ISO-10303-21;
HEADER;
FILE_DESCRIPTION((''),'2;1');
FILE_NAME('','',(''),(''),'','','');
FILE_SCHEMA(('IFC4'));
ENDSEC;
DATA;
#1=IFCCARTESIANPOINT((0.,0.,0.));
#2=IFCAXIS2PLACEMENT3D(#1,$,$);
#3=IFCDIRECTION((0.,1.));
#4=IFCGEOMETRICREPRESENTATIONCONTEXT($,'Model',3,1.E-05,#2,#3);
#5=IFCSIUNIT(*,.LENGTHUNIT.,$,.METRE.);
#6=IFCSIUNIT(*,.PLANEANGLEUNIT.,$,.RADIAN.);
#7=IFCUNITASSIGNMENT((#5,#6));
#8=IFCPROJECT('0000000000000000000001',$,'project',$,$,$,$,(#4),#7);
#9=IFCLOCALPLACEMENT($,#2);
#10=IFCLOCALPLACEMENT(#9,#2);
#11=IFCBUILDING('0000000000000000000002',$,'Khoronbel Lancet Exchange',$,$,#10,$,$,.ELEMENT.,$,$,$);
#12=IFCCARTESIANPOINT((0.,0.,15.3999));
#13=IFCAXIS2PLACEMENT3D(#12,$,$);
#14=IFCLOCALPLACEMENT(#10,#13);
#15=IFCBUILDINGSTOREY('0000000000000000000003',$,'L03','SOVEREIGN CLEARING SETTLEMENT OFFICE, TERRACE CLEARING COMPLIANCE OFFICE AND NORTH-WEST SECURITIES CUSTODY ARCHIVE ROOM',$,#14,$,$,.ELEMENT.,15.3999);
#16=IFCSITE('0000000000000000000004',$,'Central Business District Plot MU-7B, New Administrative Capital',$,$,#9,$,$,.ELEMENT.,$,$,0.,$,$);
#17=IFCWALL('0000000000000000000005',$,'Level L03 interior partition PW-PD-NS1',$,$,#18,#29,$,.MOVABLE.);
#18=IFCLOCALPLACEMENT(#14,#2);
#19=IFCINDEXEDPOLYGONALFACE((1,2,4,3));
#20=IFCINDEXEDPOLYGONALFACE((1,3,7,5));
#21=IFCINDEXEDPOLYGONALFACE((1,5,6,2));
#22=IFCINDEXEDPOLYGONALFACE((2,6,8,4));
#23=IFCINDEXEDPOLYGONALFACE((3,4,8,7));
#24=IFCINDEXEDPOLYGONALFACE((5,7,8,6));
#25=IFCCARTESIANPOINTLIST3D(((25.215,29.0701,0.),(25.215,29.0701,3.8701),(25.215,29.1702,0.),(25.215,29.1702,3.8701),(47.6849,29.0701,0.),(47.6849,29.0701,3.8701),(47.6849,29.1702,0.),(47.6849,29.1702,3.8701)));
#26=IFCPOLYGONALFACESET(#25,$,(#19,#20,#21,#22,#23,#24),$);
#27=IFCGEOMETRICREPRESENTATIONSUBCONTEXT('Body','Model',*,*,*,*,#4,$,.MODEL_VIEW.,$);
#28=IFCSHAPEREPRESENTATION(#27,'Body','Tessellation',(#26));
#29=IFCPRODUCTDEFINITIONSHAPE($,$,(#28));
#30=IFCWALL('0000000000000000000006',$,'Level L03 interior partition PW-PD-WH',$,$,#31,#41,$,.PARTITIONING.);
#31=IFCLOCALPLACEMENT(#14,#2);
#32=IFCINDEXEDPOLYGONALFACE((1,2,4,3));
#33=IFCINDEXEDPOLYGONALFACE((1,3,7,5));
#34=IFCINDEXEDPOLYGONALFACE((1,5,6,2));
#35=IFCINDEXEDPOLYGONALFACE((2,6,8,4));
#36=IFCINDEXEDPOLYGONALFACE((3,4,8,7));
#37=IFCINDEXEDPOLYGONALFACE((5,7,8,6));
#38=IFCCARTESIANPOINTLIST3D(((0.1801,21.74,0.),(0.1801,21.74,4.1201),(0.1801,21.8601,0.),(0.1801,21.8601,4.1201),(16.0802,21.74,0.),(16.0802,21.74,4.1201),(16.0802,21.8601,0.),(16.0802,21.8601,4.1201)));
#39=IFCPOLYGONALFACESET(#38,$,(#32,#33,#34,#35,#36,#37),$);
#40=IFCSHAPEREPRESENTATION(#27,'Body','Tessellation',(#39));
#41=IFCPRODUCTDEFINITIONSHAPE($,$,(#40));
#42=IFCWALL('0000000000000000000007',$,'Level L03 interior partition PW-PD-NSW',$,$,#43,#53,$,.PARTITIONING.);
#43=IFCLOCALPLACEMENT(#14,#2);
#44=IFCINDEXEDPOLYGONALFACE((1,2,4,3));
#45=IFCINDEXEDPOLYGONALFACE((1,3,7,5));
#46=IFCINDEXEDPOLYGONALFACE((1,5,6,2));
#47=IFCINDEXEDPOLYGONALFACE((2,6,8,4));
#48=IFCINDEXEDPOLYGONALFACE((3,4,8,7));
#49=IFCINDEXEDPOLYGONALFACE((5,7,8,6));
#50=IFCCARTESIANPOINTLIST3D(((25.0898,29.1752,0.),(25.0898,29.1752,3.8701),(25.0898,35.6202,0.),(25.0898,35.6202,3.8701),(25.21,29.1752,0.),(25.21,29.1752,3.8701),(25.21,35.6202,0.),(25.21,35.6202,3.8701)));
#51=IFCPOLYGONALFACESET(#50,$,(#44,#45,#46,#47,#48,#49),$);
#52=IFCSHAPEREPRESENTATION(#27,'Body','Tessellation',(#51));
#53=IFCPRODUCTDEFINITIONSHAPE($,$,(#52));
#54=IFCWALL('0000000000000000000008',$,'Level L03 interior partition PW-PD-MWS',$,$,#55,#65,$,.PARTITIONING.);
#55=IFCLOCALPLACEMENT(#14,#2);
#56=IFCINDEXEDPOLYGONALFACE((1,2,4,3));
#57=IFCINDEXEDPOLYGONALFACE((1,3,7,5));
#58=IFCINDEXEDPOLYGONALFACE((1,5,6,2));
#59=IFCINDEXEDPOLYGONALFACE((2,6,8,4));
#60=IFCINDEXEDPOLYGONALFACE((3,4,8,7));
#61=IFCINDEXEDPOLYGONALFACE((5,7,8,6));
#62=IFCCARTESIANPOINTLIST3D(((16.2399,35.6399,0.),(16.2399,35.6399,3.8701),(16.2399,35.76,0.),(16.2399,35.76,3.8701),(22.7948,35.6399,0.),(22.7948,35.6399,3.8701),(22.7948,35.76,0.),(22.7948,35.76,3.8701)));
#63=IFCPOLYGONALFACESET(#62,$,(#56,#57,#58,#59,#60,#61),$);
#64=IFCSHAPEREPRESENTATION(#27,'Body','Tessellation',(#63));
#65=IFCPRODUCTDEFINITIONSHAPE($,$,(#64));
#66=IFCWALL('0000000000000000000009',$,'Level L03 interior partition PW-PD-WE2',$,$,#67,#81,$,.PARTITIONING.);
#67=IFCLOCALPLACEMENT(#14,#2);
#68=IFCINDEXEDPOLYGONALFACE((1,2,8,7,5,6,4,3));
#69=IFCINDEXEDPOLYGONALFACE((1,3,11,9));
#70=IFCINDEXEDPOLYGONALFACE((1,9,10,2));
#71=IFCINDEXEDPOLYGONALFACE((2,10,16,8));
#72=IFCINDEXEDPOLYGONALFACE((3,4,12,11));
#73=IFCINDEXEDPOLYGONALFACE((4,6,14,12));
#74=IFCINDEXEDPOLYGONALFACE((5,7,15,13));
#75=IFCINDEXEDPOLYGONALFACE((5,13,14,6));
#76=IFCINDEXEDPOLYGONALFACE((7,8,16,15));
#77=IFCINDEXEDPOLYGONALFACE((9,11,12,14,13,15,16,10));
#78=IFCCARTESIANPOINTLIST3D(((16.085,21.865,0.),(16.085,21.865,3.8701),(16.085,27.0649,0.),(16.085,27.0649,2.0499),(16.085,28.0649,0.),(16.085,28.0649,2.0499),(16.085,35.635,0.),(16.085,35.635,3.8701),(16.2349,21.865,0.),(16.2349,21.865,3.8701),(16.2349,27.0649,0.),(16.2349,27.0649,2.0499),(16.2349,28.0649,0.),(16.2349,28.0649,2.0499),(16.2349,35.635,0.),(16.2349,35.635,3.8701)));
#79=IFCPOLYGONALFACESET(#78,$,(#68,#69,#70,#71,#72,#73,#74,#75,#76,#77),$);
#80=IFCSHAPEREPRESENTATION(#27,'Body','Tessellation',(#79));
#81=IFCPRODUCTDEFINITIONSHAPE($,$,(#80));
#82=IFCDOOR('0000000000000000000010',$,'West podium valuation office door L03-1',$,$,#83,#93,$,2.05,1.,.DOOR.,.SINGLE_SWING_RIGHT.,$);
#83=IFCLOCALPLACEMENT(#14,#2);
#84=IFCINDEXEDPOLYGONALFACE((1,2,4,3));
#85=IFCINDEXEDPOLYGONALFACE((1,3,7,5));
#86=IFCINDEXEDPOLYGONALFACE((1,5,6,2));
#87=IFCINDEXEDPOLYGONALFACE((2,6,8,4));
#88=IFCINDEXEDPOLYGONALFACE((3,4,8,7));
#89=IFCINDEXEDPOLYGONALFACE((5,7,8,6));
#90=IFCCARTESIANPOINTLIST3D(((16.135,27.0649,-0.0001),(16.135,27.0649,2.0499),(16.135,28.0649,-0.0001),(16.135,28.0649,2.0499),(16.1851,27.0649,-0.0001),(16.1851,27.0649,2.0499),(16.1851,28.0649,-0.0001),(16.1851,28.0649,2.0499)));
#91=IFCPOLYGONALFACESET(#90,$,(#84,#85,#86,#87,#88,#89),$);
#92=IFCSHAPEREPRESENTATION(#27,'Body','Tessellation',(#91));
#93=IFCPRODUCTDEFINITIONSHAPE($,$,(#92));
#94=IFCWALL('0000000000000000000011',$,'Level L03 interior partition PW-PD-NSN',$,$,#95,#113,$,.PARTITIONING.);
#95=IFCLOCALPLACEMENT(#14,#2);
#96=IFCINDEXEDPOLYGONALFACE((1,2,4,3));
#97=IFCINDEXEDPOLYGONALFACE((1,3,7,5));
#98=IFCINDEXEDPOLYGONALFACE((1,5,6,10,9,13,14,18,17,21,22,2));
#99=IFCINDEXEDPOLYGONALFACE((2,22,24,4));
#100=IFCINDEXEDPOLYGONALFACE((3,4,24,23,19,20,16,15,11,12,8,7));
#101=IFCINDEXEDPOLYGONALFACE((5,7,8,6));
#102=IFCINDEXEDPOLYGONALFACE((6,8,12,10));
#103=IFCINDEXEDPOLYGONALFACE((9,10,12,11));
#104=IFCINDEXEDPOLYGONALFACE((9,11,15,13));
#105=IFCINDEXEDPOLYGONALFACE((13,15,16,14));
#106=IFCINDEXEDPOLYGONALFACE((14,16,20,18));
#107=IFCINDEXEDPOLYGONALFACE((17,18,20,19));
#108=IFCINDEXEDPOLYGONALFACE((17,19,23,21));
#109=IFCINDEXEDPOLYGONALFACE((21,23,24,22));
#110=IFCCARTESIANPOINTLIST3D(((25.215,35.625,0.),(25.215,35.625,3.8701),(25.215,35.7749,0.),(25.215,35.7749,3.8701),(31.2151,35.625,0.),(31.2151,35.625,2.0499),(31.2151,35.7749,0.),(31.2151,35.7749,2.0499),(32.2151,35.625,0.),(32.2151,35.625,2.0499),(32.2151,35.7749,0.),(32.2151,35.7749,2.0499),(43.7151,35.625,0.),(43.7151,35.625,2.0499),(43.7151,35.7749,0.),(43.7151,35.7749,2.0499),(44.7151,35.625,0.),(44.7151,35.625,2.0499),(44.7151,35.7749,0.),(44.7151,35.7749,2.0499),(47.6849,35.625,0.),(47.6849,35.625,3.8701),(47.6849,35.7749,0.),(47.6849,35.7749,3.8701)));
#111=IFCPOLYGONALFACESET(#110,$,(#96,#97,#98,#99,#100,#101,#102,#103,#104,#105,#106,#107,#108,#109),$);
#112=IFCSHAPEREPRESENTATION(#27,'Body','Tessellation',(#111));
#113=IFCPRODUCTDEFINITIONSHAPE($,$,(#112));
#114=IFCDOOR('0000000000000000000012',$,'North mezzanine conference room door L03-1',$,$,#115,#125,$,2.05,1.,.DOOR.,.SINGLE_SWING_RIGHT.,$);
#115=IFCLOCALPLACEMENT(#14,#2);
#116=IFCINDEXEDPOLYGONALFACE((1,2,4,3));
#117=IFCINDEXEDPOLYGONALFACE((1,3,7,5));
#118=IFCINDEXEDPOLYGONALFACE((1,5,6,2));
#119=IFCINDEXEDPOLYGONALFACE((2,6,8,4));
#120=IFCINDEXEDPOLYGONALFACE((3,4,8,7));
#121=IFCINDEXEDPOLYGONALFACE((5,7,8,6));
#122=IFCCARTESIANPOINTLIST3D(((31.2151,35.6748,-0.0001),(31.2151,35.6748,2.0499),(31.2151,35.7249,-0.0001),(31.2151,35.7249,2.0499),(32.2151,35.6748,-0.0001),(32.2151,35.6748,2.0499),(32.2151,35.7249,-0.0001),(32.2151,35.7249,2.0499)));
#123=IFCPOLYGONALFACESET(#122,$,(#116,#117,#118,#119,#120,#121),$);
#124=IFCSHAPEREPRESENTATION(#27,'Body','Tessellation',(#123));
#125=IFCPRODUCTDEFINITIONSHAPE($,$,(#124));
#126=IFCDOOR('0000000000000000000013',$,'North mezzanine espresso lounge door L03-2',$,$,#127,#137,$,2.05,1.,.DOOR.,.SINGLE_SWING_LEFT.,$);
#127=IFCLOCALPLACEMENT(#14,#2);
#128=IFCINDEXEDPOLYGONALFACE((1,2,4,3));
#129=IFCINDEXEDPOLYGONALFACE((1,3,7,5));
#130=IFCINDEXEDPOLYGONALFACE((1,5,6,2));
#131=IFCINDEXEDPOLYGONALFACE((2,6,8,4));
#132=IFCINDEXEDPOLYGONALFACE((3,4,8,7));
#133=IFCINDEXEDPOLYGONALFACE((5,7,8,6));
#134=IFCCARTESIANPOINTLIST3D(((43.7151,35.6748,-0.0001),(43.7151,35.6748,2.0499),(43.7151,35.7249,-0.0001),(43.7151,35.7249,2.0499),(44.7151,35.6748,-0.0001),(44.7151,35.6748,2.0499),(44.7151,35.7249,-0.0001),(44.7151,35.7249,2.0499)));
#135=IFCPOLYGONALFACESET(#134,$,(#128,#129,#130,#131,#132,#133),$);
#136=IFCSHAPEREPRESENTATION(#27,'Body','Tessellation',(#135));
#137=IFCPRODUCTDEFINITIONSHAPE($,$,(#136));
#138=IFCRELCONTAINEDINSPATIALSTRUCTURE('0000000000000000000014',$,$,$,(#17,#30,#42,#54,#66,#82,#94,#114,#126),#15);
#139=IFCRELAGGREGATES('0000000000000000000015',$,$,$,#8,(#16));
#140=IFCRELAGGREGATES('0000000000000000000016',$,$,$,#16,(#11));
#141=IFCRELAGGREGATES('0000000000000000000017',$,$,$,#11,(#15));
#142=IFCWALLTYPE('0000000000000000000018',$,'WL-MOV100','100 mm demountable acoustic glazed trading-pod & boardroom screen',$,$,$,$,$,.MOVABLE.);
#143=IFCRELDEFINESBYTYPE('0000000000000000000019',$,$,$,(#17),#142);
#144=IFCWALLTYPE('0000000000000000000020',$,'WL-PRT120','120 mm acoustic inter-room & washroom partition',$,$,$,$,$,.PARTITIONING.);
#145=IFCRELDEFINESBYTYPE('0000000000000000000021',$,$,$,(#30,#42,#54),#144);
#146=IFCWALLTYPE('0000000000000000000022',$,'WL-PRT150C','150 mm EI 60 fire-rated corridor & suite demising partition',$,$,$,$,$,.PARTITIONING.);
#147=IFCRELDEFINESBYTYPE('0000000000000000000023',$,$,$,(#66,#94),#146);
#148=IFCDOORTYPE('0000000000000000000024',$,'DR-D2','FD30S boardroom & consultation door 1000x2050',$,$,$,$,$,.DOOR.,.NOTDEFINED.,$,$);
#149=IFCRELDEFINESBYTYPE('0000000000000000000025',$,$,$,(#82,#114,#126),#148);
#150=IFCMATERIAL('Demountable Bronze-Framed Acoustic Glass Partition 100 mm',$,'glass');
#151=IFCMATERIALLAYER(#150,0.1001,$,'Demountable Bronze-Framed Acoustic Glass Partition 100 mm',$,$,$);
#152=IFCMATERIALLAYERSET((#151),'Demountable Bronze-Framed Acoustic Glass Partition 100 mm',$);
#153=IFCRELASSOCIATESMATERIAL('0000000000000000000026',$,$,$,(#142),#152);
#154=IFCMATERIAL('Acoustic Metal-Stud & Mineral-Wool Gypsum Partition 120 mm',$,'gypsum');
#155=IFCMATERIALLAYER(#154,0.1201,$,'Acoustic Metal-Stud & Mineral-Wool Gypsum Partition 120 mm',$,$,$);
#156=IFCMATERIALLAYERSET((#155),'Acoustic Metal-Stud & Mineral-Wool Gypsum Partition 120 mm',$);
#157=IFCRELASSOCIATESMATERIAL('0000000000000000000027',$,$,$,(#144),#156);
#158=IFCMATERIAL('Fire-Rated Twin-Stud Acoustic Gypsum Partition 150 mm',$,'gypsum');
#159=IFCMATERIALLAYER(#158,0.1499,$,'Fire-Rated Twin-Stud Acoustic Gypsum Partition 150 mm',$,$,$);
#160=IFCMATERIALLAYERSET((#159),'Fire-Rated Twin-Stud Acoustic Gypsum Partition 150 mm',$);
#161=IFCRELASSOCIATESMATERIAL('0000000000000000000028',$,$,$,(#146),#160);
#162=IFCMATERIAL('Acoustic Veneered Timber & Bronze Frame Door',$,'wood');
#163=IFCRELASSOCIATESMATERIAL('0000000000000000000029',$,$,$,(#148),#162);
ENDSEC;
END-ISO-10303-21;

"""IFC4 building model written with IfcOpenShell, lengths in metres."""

from ifc_helpers import new_model, si_unit, direction, frame, frame_2d, origin, place, context, subcontext, project, spatial, rectangle, extrude, material, layer, layer_set, type_object, element, fill, save


model = new_model("IFC4")

# Units and contexts
model_context = context("Model", 3, precision=1e-05, world=origin(), true_north=direction((0.0, 1.0)))
body_context = subcontext(model_context, "Body", "Model", "MODEL_VIEW")
ifc_project = project(units=[si_unit("LENGTHUNIT", "METRE"), si_unit("PLANEANGLEUNIT", "RADIAN")], contexts=[model_context])

# Site, building, storey
site_placement = place(None, origin())
site = spatial("IfcSite", under=ifc_project, at=site_placement, Name="Central Business District Plot MU-7B, New Administrative Capital", CompositionType="ELEMENT", RefElevation=0.0)
building_placement = place(site_placement, origin())
building = spatial("IfcBuilding", under=site, at=building_placement, Name="Khoronbel Lancet Exchange", CompositionType="ELEMENT")
storey_placement = place(building_placement, frame((0.0, 0.0, 15.3999)))
storey = spatial("IfcBuildingStorey", under=building, at=storey_placement, Name="L03", Description="SOVEREIGN CLEARING SETTLEMENT OFFICE, TERRACE CLEARING COMPLIANCE OFFICE AND NORTH-WEST SECURITIES CUSTODY ARCHIVE ROOM", CompositionType="ELEMENT", Elevation=15.3999)

# Walls
ifc_material_1 = material(Name="Demountable Bronze-Framed Acoustic Glass Partition 100 mm", Category="glass")
ifc_layer_1 = layer(ifc_material_1, 0.1001, Name="Demountable Bronze-Framed Acoustic Glass Partition 100 mm")
ifc_layer_set_1 = layer_set([ifc_layer_1], Name="Demountable Bronze-Framed Acoustic Glass Partition 100 mm")
wall_type_1 = type_object("IfcWallType", Name="WL-MOV100", Description="100 mm demountable acoustic glazed trading-pod & boardroom screen", PredefinedType="MOVABLE", material=ifc_layer_set_1)
wall_1_placement = place(storey_placement, frame((25.2151, 29.1201, 0.0), z_axis=(0.0, 0.0, 1.0), x_axis=(1.0, 0.0, 0.0)))
element("IfcWall", 1, at=wall_1_placement, inside=storey, type_object=wall_type_1, Name="Level L03 interior partition PW-PD-NS1", PredefinedType="MOVABLE", context=body_context, shape_type="SweptSolid", body=[
    extrude(rectangle(XDim=22.47, YDim=0.1001, at=frame_2d((11.2349, 0.0))), origin(), (0.0, 0.0, 1.0), 3.8701),
])
ifc_material_2 = material(Name="Acoustic Metal-Stud & Mineral-Wool Gypsum Partition 120 mm", Category="gypsum")
ifc_layer_2 = layer(ifc_material_2, 0.1201, Name="Acoustic Metal-Stud & Mineral-Wool Gypsum Partition 120 mm")
ifc_layer_set_2 = layer_set([ifc_layer_2], Name="Acoustic Metal-Stud & Mineral-Wool Gypsum Partition 120 mm")
wall_type_2 = type_object("IfcWallType", Name="WL-PRT120", Description="120 mm acoustic inter-room & washroom partition", PredefinedType="PARTITIONING", material=ifc_layer_set_2)
wall_2_placement = place(storey_placement, frame((0.1799, 21.8, 0.0), z_axis=(0.0, 0.0, 1.0), x_axis=(1.0, 0.0, 0.0)))
element("IfcWall", 2, at=wall_2_placement, inside=storey, type_object=wall_type_2, Name="Level L03 interior partition PW-PD-WH", PredefinedType="PARTITIONING", context=body_context, shape_type="SweptSolid", body=[
    extrude(rectangle(XDim=15.9001, YDim=0.1201, at=frame_2d((7.9502, 0.0))), origin(), (0.0, 0.0, 1.0), 4.1201),
])
wall_3_placement = place(storey_placement, frame((25.1499, 29.175, 0.0), z_axis=(0.0, 0.0, 1.0), x_axis=(0.0, 1.0, 0.0)))
element("IfcWall", 3, at=wall_3_placement, inside=storey, type_object=wall_type_2, Name="Level L03 interior partition PW-PD-NSW", PredefinedType="PARTITIONING", context=body_context, shape_type="SweptSolid", body=[
    extrude(rectangle(XDim=6.4451, YDim=0.1201, at=frame_2d((3.2227, 0.0))), origin(), (0.0, 0.0, 1.0), 3.8701),
])
wall_4_placement = place(storey_placement, frame((16.24, 35.7, 0.0), z_axis=(0.0, 0.0, 1.0), x_axis=(1.0, 0.0, 0.0)))
element("IfcWall", 4, at=wall_4_placement, inside=storey, type_object=wall_type_2, Name="Level L03 interior partition PW-PD-MWS", PredefinedType="PARTITIONING", context=body_context, shape_type="SweptSolid", body=[
    extrude(rectangle(XDim=6.5549, YDim=0.1201, at=frame_2d((3.2773, 0.0))), origin(), (0.0, 0.0, 1.0), 3.8701),
])

# Wall, opening, door
ifc_material_3 = material(Name="Fire-Rated Twin-Stud Acoustic Gypsum Partition 150 mm", Category="gypsum")
ifc_layer_3 = layer(ifc_material_3, 0.1499, Name="Fire-Rated Twin-Stud Acoustic Gypsum Partition 150 mm")
ifc_layer_set_3 = layer_set([ifc_layer_3], Name="Fire-Rated Twin-Stud Acoustic Gypsum Partition 150 mm")
wall_type_3 = type_object("IfcWallType", Name="WL-PRT150C", Description="150 mm EI 60 fire-rated corridor & suite demising partition", PredefinedType="PARTITIONING", material=ifc_layer_set_3)
wall_5_placement = place(storey_placement, frame((16.1599, 21.865, 0.0), z_axis=(0.0, 0.0, 1.0), x_axis=(0.0, 1.0, 0.0)))
wall_5 = element("IfcWall", 5, at=wall_5_placement, inside=storey, type_object=wall_type_3, Name="Level L03 interior partition PW-PD-WE2", PredefinedType="PARTITIONING", context=body_context, shape_type="SweptSolid", body=[
    extrude(rectangle(XDim=13.77, YDim=0.1499, at=frame_2d((6.885, 0.0))), origin(), (0.0, 0.0, 1.0), 3.8701),
])
opening_1_placement = place(wall_5_placement, frame((5.2, 0.0, 0.0)))
opening_1 = element("IfcOpeningElement", 6, at=opening_1_placement, cuts=wall_5, PredefinedType="OPENING", context=body_context, shape_type="SweptSolid", body=[
    extrude(rectangle(XDim=1.0, YDim=2.05, at=frame_2d((0.5, 1.0249))), frame((0.0, 0.085, 0.0), z_axis=(0.0, -1.0, 0.0), x_axis=(1.0, 0.0, 0.0)), (0.0, 0.0, 1.0), 0.1699),
])
ifc_material_4 = material(Name="Acoustic Veneered Timber & Bronze Frame Door", Category="wood")
door_type = type_object("IfcDoorType", Name="DR-D2", Description="FD30S boardroom & consultation door 1000x2050", OperationType="NOTDEFINED", PredefinedType="DOOR", material=ifc_material_4)
door_1_placement = place(opening_1_placement, origin())
door_1 = element("IfcDoor", 7, at=door_1_placement, inside=storey, type_object=door_type, Name="West podium valuation office door L03-1", OperationType="SINGLE_SWING_RIGHT", OverallHeight=2.05, OverallWidth=1.0, PredefinedType="DOOR", context=body_context, shape_type="SweptSolid", body=[
    extrude(rectangle(XDim=1.0, YDim=2.05, at=frame_2d((0.5, 1.0249))), frame((0.0, 0.0249, 0.0), z_axis=(0.0, -1.0, 0.0), x_axis=(1.0, 0.0, 0.0)), (0.0, 0.0, 1.0), 0.05),
])
fill(opening_1, door_1)

# Wall, openings, doors
wall_6_placement = place(storey_placement, frame((25.2151, 35.7, 0.0), z_axis=(0.0, 0.0, 1.0), x_axis=(1.0, 0.0, 0.0)))
wall_6 = element("IfcWall", 8, at=wall_6_placement, inside=storey, type_object=wall_type_3, Name="Level L03 interior partition PW-PD-NSN", PredefinedType="PARTITIONING", context=body_context, shape_type="SweptSolid", body=[
    extrude(rectangle(XDim=22.47, YDim=0.1499, at=frame_2d((11.2349, 0.0))), origin(), (0.0, 0.0, 1.0), 3.8701),
])
opening_2_placement = place(wall_6_placement, frame((6.0, 0.0, 0.0)))
opening_2 = element("IfcOpeningElement", 9, at=opening_2_placement, cuts=wall_6, PredefinedType="OPENING", context=body_context, shape_type="SweptSolid", body=[
    extrude(rectangle(XDim=1.0, YDim=2.05, at=frame_2d((0.5, 1.0249))), frame((0.0, 0.085, 0.0), z_axis=(0.0, -1.0, 0.0), x_axis=(1.0, 0.0, 0.0)), (0.0, 0.0, 1.0), 0.1699),
])
opening_3_placement = place(wall_6_placement, frame((18.5, 0.0, 0.0)))
opening_3 = element("IfcOpeningElement", 10, at=opening_3_placement, cuts=wall_6, PredefinedType="OPENING", context=body_context, shape_type="SweptSolid", body=[
    extrude(rectangle(XDim=1.0, YDim=2.05, at=frame_2d((0.5, 1.0249))), frame((0.0, 0.085, 0.0), z_axis=(0.0, -1.0, 0.0), x_axis=(1.0, 0.0, 0.0)), (0.0, 0.0, 1.0), 0.1699),
])
door_2_placement = place(opening_2_placement, origin())
door_2 = element("IfcDoor", 11, at=door_2_placement, inside=storey, type_object=door_type, Name="North mezzanine conference room door L03-1", OperationType="SINGLE_SWING_RIGHT", OverallHeight=2.05, OverallWidth=1.0, PredefinedType="DOOR", context=body_context, shape_type="SweptSolid", body=[
    extrude(rectangle(XDim=1.0, YDim=2.05, at=frame_2d((0.5, 1.0249))), frame((0.0, 0.0249, 0.0), z_axis=(0.0, -1.0, 0.0), x_axis=(1.0, 0.0, 0.0)), (0.0, 0.0, 1.0), 0.05),
])
fill(opening_2, door_2)
door_3_placement = place(opening_3_placement, origin())
door_3 = element("IfcDoor", 12, at=door_3_placement, inside=storey, type_object=door_type, Name="North mezzanine espresso lounge door L03-2", OperationType="SINGLE_SWING_LEFT", OverallHeight=2.05, OverallWidth=1.0, PredefinedType="DOOR", context=body_context, shape_type="SweptSolid", body=[
    extrude(rectangle(XDim=1.0, YDim=2.05, at=frame_2d((0.5, 1.0249))), frame((0.0, 0.0249, 0.0), z_axis=(0.0, -1.0, 0.0), x_axis=(1.0, 0.0, 0.0)), (0.0, 0.0, 1.0), 0.05),
])
fill(opening_3, door_3)

save(model, "model.ifc")
